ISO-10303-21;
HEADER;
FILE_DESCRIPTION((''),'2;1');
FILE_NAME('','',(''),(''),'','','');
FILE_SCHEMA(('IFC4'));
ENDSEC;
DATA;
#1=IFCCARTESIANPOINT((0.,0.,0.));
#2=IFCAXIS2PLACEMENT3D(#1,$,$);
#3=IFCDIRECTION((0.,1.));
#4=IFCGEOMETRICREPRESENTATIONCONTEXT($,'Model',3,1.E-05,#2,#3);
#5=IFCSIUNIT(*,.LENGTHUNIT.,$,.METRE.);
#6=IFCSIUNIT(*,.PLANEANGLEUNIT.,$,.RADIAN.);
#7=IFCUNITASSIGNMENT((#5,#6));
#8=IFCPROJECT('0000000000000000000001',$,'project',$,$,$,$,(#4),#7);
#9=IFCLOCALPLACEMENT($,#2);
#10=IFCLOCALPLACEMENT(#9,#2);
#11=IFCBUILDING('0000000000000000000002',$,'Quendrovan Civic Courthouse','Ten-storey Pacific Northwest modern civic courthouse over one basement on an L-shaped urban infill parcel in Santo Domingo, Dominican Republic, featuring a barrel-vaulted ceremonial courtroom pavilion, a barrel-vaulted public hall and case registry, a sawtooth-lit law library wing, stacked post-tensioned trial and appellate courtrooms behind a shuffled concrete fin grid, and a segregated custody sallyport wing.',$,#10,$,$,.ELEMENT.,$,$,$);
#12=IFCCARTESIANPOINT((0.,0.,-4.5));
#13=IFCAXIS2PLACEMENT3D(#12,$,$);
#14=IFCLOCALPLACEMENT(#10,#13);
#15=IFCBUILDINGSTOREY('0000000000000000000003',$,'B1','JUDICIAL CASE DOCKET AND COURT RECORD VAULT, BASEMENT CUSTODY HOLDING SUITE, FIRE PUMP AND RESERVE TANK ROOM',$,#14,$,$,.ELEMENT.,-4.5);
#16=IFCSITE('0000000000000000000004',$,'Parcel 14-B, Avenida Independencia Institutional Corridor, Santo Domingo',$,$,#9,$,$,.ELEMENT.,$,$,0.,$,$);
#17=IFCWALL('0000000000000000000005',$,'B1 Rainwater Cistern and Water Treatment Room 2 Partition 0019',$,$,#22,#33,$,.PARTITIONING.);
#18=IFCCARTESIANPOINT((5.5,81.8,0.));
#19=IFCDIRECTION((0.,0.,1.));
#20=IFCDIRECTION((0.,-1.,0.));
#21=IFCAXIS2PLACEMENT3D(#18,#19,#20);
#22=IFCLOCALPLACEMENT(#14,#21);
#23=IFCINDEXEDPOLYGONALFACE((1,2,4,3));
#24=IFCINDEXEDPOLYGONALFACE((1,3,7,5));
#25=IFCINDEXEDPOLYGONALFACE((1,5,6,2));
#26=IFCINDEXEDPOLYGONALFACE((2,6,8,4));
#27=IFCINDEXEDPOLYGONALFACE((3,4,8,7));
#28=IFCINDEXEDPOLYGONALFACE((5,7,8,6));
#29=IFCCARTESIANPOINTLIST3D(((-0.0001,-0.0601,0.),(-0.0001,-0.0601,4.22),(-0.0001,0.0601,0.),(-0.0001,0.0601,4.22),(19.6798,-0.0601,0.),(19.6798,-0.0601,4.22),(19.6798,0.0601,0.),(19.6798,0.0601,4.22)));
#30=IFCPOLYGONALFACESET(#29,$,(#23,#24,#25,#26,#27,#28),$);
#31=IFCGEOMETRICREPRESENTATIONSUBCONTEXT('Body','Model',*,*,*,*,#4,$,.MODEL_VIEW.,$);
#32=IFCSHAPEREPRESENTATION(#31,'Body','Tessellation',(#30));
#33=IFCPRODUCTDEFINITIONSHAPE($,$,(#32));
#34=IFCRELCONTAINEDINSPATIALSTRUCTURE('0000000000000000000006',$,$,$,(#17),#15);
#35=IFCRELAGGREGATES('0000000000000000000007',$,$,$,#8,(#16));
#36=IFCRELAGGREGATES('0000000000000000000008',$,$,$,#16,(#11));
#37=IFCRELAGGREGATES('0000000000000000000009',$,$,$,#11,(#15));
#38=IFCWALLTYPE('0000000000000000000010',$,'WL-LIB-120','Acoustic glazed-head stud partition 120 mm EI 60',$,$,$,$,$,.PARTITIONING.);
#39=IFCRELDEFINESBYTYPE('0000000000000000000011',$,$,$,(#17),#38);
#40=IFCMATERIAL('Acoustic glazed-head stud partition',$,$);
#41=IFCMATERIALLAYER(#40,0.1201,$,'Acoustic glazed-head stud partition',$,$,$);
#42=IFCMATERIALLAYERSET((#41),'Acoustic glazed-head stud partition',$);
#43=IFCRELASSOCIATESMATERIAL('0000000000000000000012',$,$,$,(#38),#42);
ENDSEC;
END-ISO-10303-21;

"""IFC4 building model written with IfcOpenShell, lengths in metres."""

from ifc_helpers import new_model, si_unit, direction, frame, frame_2d, origin, place, context, subcontext, project, spatial, rectangle, extrude, material, layer, layer_set, type_object, element, save


model = new_model("IFC4")

# Units and contexts
model_context = context("Model", 3, precision=1e-05, world=origin(), true_north=direction((0.0, 1.0)))
body_context = subcontext(model_context, "Body", "Model", "MODEL_VIEW")
ifc_project = project(units=[si_unit("LENGTHUNIT", "METRE"), si_unit("PLANEANGLEUNIT", "RADIAN")], contexts=[model_context])

# Site, building, storey
site_placement = place(None, origin())
site = spatial("IfcSite", under=ifc_project, at=site_placement, Name="Parcel 14-B, Avenida Independencia Institutional Corridor, Santo Domingo", CompositionType="ELEMENT", RefElevation=0.0)
building_placement = place(site_placement, origin())
building = spatial("IfcBuilding", under=site, at=building_placement, Name="Quendrovan Civic Courthouse", Description="Ten-storey Pacific Northwest modern civic courthouse over one basement on an L-shaped urban infill parcel in Santo Domingo, Dominican Republic, featuring a barrel-vaulted ceremonial courtroom pavilion, a barrel-vaulted public hall and case registry, a sawtooth-lit law library wing, stacked post-tensioned trial and appellate courtrooms behind a shuffled concrete fin grid, and a segregated custody sallyport wing.", CompositionType="ELEMENT")
storey_placement = place(building_placement, frame((0.0, 0.0, -4.5)))
storey = spatial("IfcBuildingStorey", under=building, at=storey_placement, Name="B1", Description="JUDICIAL CASE DOCKET AND COURT RECORD VAULT, BASEMENT CUSTODY HOLDING SUITE, FIRE PUMP AND RESERVE TANK ROOM", CompositionType="ELEMENT", Elevation=-4.5)

# Wall
ifc_material_1 = material(Name="Acoustic glazed-head stud partition")
ifc_layer_1 = layer(ifc_material_1, 0.1201, Name="Acoustic glazed-head stud partition")
ifc_layer_set_1 = layer_set([ifc_layer_1], Name="Acoustic glazed-head stud partition")
wall_type_1 = type_object("IfcWallType", Name="WL-LIB-120", Description="Acoustic glazed-head stud partition 120 mm EI 60", PredefinedType="PARTITIONING", material=ifc_layer_set_1)
wall_1_placement = place(storey_placement, frame((5.5, 81.8, 0.0), z_axis=(0.0, 0.0, 1.0), x_axis=(0.0, -1.0, 0.0)))
element("IfcWall", 1, at=wall_1_placement, inside=storey, type_object=wall_type_1, Name="B1 Rainwater Cistern and Water Treatment Room 2 Partition 0019", PredefinedType="PARTITIONING", context=body_context, shape_type="SweptSolid", body=[
    extrude(rectangle(XDim=19.6799, YDim=0.1201, at=frame_2d((9.8398, 0.0))), origin(), (0.0, 0.0, 1.0), 4.22),
])

save(model, "model.ifc")
